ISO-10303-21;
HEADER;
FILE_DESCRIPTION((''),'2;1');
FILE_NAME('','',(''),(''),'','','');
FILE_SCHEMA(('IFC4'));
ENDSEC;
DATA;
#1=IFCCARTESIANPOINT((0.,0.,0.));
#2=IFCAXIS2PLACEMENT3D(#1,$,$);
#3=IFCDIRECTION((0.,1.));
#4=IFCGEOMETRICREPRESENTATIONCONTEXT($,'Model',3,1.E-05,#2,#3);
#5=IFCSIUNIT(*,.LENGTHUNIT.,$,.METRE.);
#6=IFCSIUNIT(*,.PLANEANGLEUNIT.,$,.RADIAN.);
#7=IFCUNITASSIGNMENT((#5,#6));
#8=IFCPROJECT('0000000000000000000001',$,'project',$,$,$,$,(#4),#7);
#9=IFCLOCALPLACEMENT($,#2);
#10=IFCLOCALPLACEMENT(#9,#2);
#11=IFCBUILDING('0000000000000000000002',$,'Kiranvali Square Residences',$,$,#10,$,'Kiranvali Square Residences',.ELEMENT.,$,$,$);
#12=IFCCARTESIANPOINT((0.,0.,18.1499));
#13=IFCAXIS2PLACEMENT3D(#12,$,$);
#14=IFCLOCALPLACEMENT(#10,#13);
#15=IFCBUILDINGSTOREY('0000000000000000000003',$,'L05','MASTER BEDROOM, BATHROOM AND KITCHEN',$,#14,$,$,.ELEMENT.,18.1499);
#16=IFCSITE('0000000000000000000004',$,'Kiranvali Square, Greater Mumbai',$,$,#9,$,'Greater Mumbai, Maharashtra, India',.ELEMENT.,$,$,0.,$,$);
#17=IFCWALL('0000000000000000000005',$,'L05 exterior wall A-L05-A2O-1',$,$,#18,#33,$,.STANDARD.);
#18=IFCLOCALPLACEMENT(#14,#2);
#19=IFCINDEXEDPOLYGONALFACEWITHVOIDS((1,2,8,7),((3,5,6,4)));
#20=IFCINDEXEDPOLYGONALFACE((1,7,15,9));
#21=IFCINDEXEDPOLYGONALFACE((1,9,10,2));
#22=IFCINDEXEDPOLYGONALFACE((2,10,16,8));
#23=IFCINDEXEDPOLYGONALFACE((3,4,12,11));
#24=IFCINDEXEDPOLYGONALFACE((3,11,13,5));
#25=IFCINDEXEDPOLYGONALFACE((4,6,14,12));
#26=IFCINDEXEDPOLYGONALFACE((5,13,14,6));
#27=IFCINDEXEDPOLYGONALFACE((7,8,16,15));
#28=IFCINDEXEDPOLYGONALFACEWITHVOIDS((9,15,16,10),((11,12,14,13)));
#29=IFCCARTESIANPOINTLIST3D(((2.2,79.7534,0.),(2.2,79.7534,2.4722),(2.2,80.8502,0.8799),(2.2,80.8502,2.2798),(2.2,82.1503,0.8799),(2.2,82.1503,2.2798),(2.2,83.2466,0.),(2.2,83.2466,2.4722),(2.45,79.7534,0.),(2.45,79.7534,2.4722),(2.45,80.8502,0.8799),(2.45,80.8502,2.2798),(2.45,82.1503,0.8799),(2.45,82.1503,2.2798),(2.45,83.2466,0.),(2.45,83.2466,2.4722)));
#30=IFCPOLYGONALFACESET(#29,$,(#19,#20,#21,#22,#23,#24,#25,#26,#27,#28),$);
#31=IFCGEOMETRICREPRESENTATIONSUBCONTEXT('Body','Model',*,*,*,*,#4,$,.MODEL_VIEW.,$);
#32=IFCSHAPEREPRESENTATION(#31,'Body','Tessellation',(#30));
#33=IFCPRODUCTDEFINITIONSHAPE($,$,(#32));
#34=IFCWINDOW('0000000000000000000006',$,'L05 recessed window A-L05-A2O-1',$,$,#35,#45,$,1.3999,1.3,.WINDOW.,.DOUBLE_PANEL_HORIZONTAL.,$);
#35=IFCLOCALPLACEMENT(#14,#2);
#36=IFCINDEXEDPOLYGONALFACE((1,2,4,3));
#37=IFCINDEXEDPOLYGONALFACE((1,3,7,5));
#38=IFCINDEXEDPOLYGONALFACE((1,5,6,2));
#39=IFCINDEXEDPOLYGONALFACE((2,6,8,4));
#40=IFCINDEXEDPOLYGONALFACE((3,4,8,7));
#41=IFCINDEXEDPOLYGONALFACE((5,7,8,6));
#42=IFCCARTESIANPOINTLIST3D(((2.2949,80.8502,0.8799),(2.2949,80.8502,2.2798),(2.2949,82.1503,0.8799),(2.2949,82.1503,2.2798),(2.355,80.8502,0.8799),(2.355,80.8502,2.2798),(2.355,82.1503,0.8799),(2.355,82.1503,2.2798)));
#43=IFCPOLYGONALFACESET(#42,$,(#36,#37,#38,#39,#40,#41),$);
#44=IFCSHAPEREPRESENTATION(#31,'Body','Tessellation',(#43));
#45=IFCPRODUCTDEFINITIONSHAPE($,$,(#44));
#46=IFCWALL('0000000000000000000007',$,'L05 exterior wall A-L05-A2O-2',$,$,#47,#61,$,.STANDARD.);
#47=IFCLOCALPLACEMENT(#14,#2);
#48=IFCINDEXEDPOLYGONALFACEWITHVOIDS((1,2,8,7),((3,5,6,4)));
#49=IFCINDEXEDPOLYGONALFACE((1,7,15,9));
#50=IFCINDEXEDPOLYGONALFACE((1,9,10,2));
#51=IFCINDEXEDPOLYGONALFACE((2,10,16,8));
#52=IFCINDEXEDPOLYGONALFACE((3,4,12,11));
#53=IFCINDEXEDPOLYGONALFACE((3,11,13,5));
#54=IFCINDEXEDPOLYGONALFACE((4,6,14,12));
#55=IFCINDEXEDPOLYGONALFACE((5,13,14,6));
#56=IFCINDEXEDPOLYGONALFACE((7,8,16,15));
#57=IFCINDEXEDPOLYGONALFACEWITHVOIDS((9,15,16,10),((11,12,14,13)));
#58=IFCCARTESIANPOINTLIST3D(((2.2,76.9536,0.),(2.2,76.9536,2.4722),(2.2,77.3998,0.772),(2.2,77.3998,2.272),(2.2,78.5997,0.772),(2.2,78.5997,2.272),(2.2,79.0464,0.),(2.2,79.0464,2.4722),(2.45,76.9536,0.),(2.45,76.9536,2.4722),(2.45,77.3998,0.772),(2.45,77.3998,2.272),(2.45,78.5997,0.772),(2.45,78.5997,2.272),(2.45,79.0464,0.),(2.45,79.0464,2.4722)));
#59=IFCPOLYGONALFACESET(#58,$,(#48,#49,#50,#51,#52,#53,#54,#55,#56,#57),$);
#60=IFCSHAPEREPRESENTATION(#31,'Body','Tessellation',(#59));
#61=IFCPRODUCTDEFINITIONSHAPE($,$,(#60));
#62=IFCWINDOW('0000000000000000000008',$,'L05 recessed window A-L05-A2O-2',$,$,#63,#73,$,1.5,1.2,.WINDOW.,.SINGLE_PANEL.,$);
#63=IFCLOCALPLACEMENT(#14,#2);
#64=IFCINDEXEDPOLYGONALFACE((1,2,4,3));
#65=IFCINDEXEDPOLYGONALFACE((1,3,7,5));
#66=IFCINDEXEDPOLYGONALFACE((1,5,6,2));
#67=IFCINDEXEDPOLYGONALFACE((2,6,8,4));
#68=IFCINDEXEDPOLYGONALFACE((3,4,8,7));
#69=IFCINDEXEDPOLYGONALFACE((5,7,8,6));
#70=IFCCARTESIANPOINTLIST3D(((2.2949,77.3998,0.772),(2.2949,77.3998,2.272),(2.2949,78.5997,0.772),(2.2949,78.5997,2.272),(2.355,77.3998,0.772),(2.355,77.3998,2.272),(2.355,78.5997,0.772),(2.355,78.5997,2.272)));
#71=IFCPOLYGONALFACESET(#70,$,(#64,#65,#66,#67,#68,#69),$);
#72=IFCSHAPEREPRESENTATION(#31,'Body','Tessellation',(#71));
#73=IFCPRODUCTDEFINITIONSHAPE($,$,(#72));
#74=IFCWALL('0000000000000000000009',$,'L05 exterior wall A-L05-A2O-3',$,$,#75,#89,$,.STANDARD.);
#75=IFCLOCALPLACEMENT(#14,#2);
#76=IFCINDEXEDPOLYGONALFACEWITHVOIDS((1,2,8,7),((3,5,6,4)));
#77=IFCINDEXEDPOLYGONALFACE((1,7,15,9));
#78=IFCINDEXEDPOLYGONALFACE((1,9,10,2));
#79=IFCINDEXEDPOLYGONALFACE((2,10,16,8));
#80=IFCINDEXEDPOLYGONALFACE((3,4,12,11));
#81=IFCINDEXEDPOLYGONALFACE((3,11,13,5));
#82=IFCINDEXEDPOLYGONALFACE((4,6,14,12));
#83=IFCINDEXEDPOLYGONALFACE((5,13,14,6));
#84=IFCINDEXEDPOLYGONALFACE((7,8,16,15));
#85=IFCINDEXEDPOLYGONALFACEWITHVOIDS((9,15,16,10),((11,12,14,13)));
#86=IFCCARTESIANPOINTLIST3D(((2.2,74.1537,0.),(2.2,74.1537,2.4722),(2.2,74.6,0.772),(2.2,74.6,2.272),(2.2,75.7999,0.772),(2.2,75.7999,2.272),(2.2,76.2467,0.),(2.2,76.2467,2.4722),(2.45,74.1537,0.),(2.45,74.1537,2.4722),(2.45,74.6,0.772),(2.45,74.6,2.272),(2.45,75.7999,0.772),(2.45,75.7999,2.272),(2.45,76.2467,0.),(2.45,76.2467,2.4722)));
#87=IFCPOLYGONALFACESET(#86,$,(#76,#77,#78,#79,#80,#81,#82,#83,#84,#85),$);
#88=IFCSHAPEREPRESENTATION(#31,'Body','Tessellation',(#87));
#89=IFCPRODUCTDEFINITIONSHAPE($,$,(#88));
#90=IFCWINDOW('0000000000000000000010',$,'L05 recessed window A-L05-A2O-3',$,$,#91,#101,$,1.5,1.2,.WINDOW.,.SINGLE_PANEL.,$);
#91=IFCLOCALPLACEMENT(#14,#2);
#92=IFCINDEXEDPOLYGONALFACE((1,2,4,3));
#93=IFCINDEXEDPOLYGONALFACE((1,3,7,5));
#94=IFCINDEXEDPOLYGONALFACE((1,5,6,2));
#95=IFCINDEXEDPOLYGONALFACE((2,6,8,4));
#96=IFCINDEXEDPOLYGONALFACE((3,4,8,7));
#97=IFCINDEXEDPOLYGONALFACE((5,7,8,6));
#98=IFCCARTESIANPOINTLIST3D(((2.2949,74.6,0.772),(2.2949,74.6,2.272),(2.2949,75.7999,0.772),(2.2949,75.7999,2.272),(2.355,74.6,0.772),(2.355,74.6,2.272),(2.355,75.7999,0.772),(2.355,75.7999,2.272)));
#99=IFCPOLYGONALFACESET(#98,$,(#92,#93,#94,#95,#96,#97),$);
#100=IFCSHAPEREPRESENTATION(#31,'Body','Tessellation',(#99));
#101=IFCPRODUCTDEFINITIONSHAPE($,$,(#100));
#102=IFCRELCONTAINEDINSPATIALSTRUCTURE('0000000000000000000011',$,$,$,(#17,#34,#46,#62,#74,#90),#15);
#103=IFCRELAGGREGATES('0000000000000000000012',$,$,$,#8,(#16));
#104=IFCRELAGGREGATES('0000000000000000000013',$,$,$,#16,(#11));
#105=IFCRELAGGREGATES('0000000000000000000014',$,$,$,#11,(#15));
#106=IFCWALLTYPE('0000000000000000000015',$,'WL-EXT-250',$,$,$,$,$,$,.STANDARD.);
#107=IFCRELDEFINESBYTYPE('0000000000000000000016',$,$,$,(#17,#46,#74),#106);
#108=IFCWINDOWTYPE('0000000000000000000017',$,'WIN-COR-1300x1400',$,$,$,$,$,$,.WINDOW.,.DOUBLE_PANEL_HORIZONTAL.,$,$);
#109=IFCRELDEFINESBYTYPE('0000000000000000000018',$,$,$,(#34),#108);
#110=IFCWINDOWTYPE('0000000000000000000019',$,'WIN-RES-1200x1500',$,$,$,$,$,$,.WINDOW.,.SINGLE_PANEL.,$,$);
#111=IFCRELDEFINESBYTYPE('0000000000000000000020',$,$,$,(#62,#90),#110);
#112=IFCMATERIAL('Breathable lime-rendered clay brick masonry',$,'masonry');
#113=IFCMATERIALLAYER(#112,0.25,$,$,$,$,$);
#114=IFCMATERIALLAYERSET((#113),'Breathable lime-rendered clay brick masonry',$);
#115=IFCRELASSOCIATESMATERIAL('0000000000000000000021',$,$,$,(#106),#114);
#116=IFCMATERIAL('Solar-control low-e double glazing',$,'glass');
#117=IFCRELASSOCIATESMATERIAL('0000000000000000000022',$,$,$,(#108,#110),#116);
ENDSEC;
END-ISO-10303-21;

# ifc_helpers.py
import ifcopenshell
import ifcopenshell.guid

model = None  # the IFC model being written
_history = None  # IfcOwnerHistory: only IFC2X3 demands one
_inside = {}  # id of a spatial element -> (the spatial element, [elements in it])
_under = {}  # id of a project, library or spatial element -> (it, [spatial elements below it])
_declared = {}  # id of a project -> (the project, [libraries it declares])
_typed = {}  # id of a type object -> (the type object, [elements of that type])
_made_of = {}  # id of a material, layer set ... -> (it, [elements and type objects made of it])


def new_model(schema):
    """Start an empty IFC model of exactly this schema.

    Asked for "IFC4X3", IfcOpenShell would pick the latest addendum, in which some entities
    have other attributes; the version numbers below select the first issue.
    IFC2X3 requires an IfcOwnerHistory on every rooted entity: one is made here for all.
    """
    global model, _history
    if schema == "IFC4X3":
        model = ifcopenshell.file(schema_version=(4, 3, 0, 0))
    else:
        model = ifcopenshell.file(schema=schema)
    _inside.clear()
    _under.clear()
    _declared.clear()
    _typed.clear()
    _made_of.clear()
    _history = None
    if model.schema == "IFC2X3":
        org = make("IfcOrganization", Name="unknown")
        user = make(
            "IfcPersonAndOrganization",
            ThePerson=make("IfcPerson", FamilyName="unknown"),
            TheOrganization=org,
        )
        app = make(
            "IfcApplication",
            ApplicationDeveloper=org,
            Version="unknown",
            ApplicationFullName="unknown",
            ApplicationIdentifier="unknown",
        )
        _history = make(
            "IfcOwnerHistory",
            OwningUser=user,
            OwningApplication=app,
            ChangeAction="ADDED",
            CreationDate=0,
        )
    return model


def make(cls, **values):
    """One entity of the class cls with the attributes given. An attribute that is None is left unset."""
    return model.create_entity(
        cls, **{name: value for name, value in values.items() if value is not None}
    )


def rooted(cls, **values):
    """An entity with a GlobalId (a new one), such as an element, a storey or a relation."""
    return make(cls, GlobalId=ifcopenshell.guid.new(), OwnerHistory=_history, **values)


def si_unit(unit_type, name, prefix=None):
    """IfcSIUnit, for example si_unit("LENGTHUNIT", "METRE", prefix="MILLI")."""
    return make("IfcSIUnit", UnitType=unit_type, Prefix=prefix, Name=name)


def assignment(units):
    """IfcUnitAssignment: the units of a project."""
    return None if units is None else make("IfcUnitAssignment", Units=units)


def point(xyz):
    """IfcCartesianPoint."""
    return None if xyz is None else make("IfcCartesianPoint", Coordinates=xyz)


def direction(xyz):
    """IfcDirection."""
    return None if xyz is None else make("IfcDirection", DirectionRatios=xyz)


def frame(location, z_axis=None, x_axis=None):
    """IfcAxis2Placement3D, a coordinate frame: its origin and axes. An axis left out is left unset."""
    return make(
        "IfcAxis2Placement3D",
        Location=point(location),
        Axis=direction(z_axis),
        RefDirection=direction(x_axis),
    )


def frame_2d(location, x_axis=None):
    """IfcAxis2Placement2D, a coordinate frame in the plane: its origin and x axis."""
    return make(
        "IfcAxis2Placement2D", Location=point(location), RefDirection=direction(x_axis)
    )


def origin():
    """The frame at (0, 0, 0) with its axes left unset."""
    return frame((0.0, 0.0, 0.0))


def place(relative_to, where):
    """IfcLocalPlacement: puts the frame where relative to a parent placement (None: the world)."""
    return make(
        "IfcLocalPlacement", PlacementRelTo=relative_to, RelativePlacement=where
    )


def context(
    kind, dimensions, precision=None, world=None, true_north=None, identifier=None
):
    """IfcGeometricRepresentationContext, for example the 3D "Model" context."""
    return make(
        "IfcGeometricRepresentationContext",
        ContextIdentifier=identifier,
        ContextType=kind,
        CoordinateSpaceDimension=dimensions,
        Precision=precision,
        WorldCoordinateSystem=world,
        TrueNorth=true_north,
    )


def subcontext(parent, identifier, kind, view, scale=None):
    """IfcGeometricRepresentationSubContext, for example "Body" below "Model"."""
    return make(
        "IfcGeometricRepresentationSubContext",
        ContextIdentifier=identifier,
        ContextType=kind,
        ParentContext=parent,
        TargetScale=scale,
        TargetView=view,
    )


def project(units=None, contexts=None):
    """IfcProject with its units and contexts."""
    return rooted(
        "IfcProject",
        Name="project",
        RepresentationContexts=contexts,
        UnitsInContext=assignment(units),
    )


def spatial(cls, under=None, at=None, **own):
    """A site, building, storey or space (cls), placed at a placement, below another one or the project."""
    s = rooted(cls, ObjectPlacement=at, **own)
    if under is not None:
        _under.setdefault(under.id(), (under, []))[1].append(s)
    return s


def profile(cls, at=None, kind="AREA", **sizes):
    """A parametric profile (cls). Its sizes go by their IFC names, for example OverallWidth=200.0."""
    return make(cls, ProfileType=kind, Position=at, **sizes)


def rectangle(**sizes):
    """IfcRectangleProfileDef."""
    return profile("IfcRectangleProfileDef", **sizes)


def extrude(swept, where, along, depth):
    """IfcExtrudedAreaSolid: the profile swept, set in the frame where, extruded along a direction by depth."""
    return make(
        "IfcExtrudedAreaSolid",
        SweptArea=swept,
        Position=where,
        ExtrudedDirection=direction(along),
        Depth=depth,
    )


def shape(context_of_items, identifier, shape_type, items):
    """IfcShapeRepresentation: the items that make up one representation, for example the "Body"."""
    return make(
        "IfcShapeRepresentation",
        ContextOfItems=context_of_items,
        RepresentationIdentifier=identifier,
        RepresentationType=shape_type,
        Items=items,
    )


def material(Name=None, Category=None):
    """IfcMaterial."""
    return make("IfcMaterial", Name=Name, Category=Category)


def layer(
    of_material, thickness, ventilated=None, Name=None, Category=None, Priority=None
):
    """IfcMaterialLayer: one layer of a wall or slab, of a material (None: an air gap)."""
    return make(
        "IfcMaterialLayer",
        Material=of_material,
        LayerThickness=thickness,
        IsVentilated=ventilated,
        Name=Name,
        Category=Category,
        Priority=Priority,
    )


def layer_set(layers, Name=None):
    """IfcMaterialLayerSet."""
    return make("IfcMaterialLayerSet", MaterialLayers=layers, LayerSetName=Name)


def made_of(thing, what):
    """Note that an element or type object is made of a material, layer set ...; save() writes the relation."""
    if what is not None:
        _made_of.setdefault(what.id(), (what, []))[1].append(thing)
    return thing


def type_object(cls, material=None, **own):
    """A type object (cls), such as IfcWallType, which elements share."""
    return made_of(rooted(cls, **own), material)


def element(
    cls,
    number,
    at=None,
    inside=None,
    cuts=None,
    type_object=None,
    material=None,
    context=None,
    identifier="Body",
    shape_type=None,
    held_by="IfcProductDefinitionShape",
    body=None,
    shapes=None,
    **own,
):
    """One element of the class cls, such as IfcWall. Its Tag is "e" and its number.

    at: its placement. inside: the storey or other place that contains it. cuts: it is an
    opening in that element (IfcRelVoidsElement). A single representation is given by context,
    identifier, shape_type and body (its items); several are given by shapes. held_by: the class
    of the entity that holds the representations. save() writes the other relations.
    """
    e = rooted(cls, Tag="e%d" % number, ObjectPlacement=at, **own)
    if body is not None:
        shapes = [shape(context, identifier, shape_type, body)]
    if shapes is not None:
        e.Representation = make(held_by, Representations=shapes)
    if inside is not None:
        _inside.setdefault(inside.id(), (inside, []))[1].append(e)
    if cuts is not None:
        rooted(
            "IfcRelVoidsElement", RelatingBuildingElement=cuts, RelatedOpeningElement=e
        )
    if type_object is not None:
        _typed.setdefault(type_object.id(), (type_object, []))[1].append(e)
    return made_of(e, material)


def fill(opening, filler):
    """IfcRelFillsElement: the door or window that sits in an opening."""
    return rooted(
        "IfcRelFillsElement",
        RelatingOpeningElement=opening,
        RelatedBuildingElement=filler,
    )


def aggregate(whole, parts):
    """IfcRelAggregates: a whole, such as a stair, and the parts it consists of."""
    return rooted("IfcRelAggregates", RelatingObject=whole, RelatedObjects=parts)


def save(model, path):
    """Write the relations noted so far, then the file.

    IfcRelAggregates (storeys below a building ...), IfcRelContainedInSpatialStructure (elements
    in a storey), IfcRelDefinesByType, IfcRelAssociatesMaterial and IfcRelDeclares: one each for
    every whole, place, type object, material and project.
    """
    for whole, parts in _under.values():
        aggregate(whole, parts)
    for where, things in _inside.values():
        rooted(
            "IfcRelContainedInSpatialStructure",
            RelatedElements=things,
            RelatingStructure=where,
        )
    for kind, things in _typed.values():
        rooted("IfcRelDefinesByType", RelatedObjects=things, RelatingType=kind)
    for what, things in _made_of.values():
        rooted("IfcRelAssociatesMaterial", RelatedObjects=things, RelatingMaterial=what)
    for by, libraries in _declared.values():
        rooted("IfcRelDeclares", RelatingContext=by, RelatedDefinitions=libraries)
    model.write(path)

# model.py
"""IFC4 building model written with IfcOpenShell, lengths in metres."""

from ifc_helpers import new_model, si_unit, direction, frame, frame_2d, origin, place, context, subcontext, project, spatial, rectangle, extrude, material, layer, layer_set, type_object, element, fill, save


model = new_model("IFC4")

# Units and contexts
model_context = context("Model", 3, precision=1e-05, world=origin(), true_north=direction((0.0, 1.0)))
body_context = subcontext(model_context, "Body", "Model", "MODEL_VIEW")
ifc_project = project(units=[si_unit("LENGTHUNIT", "METRE"), si_unit("PLANEANGLEUNIT", "RADIAN")], contexts=[model_context])

# Site, building, storey
site_placement = place(None, origin())
site = spatial("IfcSite", under=ifc_project, at=site_placement, Name="Kiranvali Square, Greater Mumbai", LongName="Greater Mumbai, Maharashtra, India", CompositionType="ELEMENT", RefElevation=0.0)
building_placement = place(site_placement, origin())
building = spatial("IfcBuilding", under=site, at=building_placement, Name="Kiranvali Square Residences", LongName="Kiranvali Square Residences", CompositionType="ELEMENT")
storey_placement = place(building_placement, frame((0.0, 0.0, 18.1499)))
storey = spatial("IfcBuildingStorey", under=building, at=storey_placement, Name="L05", Description="MASTER BEDROOM, BATHROOM AND KITCHEN", CompositionType="ELEMENT", Elevation=18.1499)

# Walls, openings, windows
ifc_material_1 = material(Name="Breathable lime-rendered clay brick masonry", Category="masonry")
ifc_layer = layer(ifc_material_1, 0.25)
ifc_layer_set = layer_set([ifc_layer], Name="Breathable lime-rendered clay brick masonry")
wall_type = type_object("IfcWallType", Name="WL-EXT-250", PredefinedType="STANDARD", material=ifc_layer_set)
wall_1_placement = place(storey_placement, frame((2.325, 83.2466, 0.0), z_axis=(0.0, 0.0, 1.0), x_axis=(0.0, -1.0, 0.0)))
wall_1 = element("IfcWall", 1, at=wall_1_placement, inside=storey, type_object=wall_type, Name="L05 exterior wall A-L05-A2O-1", PredefinedType="STANDARD", context=body_context, shape_type="SweptSolid", body=[
    extrude(rectangle(XDim=3.4932, YDim=0.25, at=frame_2d((1.7466, 0.0))), origin(), (0.0, 0.0, 1.0), 2.4722),
])
opening_1_placement = place(wall_1_placement, frame((1.0964, 0.0, 0.8799)))
opening_1 = element("IfcOpeningElement", 2, at=opening_1_placement, cuts=wall_1, PredefinedType="OPENING", context=body_context, shape_type="SweptSolid", body=[
    extrude(rectangle(XDim=1.3, YDim=1.3999, at=frame_2d((0.6499, 0.7))), frame((0.0, 0.135, 0.0), z_axis=(0.0, -1.0, 0.0), x_axis=(1.0, 0.0, 0.0)), (0.0, 0.0, 1.0), 0.27),
])
ifc_material_2 = material(Name="Solar-control low-e double glazing", Category="glass")
window_type_1 = type_object("IfcWindowType", Name="WIN-COR-1300x1400", PartitioningType="DOUBLE_PANEL_HORIZONTAL", PredefinedType="WINDOW", material=ifc_material_2)
window_1_placement = place(opening_1_placement, origin())
window_1 = element("IfcWindow", 3, at=window_1_placement, inside=storey, type_object=window_type_1, Name="L05 recessed window A-L05-A2O-1", OverallHeight=1.3999, OverallWidth=1.3, PartitioningType="DOUBLE_PANEL_HORIZONTAL", PredefinedType="WINDOW", context=body_context, shape_type="SweptSolid", body=[
    extrude(rectangle(XDim=1.3, YDim=1.3999, at=frame_2d((0.6499, 0.7))), frame((0.0, 0.03, 0.0), z_axis=(0.0, -1.0, 0.0), x_axis=(1.0, 0.0, 0.0)), (0.0, 0.0, 1.0), 0.0601),
])
fill(opening_1, window_1)
wall_2_placement = place(storey_placement, frame((2.325, 79.0464, 0.0), z_axis=(0.0, 0.0, 1.0), x_axis=(0.0, -1.0, 0.0)))
wall_2 = element("IfcWall", 4, at=wall_2_placement, inside=storey, type_object=wall_type, Name="L05 exterior wall A-L05-A2O-2", PredefinedType="STANDARD", context=body_context, shape_type="SweptSolid", body=[
    extrude(rectangle(XDim=2.0928, YDim=0.25, at=frame_2d((1.0464, 0.0))), origin(), (0.0, 0.0, 1.0), 2.4722),
])
opening_2_placement = place(wall_2_placement, frame((0.4465, 0.0, 0.772)))
opening_2 = element("IfcOpeningElement", 5, at=opening_2_placement, cuts=wall_2, PredefinedType="OPENING", context=body_context, shape_type="SweptSolid", body=[
    extrude(rectangle(XDim=1.2, YDim=1.5, at=frame_2d((0.6001, 0.75))), frame((0.0, 0.135, 0.0), z_axis=(0.0, -1.0, 0.0), x_axis=(1.0, 0.0, 0.0)), (0.0, 0.0, 1.0), 0.27),
])
window_type_2 = type_object("IfcWindowType", Name="WIN-RES-1200x1500", PartitioningType="SINGLE_PANEL", PredefinedType="WINDOW", material=ifc_material_2)
window_2_placement = place(opening_2_placement, origin())
window_2 = element("IfcWindow", 6, at=window_2_placement, inside=storey, type_object=window_type_2, Name="L05 recessed window A-L05-A2O-2", OverallHeight=1.5, OverallWidth=1.2, PartitioningType="SINGLE_PANEL", PredefinedType="WINDOW", context=body_context, shape_type="SweptSolid", body=[
    extrude(rectangle(XDim=1.2, YDim=1.5, at=frame_2d((0.6001, 0.75))), frame((0.0, 0.03, 0.0), z_axis=(0.0, -1.0, 0.0), x_axis=(1.0, 0.0, 0.0)), (0.0, 0.0, 1.0), 0.0601),
])
fill(opening_2, window_2)
wall_3_placement = place(storey_placement, frame((2.325, 76.2466, 0.0), z_axis=(0.0, 0.0, 1.0), x_axis=(0.0, -1.0, 0.0)))
wall_3 = element("IfcWall", 7, at=wall_3_placement, inside=storey, type_object=wall_type, Name="L05 exterior wall A-L05-A2O-3", PredefinedType="STANDARD", context=body_context, shape_type="SweptSolid", body=[
    extrude(rectangle(XDim=2.093, YDim=0.25, at=frame_2d((1.0464, 0.0))), origin(), (0.0, 0.0, 1.0), 2.4722),
])
opening_3_placement = place(wall_3_placement, frame((0.4465, 0.0, 0.772)))
opening_3 = element("IfcOpeningElement", 8, at=opening_3_placement, cuts=wall_3, PredefinedType="OPENING", context=body_context, shape_type="SweptSolid", body=[
    extrude(rectangle(XDim=1.2, YDim=1.5, at=frame_2d((0.6001, 0.75))), frame((0.0, 0.135, 0.0), z_axis=(0.0, -1.0, 0.0), x_axis=(1.0, 0.0, 0.0)), (0.0, 0.0, 1.0), 0.27),
])
window_3_placement = place(opening_3_placement, origin())
window_3 = element("IfcWindow", 9, at=window_3_placement, inside=storey, type_object=window_type_2, Name="L05 recessed window A-L05-A2O-3", OverallHeight=1.5, OverallWidth=1.2, PartitioningType="SINGLE_PANEL", PredefinedType="WINDOW", context=body_context, shape_type="SweptSolid", body=[
    extrude(rectangle(XDim=1.2, YDim=1.5, at=frame_2d((0.6001, 0.75))), frame((0.0, 0.03, 0.0), z_axis=(0.0, -1.0, 0.0), x_axis=(1.0, 0.0, 0.0)), (0.0, 0.0, 1.0), 0.0601),
])
fill(opening_3, window_3)

save(model, "model.ifc")
